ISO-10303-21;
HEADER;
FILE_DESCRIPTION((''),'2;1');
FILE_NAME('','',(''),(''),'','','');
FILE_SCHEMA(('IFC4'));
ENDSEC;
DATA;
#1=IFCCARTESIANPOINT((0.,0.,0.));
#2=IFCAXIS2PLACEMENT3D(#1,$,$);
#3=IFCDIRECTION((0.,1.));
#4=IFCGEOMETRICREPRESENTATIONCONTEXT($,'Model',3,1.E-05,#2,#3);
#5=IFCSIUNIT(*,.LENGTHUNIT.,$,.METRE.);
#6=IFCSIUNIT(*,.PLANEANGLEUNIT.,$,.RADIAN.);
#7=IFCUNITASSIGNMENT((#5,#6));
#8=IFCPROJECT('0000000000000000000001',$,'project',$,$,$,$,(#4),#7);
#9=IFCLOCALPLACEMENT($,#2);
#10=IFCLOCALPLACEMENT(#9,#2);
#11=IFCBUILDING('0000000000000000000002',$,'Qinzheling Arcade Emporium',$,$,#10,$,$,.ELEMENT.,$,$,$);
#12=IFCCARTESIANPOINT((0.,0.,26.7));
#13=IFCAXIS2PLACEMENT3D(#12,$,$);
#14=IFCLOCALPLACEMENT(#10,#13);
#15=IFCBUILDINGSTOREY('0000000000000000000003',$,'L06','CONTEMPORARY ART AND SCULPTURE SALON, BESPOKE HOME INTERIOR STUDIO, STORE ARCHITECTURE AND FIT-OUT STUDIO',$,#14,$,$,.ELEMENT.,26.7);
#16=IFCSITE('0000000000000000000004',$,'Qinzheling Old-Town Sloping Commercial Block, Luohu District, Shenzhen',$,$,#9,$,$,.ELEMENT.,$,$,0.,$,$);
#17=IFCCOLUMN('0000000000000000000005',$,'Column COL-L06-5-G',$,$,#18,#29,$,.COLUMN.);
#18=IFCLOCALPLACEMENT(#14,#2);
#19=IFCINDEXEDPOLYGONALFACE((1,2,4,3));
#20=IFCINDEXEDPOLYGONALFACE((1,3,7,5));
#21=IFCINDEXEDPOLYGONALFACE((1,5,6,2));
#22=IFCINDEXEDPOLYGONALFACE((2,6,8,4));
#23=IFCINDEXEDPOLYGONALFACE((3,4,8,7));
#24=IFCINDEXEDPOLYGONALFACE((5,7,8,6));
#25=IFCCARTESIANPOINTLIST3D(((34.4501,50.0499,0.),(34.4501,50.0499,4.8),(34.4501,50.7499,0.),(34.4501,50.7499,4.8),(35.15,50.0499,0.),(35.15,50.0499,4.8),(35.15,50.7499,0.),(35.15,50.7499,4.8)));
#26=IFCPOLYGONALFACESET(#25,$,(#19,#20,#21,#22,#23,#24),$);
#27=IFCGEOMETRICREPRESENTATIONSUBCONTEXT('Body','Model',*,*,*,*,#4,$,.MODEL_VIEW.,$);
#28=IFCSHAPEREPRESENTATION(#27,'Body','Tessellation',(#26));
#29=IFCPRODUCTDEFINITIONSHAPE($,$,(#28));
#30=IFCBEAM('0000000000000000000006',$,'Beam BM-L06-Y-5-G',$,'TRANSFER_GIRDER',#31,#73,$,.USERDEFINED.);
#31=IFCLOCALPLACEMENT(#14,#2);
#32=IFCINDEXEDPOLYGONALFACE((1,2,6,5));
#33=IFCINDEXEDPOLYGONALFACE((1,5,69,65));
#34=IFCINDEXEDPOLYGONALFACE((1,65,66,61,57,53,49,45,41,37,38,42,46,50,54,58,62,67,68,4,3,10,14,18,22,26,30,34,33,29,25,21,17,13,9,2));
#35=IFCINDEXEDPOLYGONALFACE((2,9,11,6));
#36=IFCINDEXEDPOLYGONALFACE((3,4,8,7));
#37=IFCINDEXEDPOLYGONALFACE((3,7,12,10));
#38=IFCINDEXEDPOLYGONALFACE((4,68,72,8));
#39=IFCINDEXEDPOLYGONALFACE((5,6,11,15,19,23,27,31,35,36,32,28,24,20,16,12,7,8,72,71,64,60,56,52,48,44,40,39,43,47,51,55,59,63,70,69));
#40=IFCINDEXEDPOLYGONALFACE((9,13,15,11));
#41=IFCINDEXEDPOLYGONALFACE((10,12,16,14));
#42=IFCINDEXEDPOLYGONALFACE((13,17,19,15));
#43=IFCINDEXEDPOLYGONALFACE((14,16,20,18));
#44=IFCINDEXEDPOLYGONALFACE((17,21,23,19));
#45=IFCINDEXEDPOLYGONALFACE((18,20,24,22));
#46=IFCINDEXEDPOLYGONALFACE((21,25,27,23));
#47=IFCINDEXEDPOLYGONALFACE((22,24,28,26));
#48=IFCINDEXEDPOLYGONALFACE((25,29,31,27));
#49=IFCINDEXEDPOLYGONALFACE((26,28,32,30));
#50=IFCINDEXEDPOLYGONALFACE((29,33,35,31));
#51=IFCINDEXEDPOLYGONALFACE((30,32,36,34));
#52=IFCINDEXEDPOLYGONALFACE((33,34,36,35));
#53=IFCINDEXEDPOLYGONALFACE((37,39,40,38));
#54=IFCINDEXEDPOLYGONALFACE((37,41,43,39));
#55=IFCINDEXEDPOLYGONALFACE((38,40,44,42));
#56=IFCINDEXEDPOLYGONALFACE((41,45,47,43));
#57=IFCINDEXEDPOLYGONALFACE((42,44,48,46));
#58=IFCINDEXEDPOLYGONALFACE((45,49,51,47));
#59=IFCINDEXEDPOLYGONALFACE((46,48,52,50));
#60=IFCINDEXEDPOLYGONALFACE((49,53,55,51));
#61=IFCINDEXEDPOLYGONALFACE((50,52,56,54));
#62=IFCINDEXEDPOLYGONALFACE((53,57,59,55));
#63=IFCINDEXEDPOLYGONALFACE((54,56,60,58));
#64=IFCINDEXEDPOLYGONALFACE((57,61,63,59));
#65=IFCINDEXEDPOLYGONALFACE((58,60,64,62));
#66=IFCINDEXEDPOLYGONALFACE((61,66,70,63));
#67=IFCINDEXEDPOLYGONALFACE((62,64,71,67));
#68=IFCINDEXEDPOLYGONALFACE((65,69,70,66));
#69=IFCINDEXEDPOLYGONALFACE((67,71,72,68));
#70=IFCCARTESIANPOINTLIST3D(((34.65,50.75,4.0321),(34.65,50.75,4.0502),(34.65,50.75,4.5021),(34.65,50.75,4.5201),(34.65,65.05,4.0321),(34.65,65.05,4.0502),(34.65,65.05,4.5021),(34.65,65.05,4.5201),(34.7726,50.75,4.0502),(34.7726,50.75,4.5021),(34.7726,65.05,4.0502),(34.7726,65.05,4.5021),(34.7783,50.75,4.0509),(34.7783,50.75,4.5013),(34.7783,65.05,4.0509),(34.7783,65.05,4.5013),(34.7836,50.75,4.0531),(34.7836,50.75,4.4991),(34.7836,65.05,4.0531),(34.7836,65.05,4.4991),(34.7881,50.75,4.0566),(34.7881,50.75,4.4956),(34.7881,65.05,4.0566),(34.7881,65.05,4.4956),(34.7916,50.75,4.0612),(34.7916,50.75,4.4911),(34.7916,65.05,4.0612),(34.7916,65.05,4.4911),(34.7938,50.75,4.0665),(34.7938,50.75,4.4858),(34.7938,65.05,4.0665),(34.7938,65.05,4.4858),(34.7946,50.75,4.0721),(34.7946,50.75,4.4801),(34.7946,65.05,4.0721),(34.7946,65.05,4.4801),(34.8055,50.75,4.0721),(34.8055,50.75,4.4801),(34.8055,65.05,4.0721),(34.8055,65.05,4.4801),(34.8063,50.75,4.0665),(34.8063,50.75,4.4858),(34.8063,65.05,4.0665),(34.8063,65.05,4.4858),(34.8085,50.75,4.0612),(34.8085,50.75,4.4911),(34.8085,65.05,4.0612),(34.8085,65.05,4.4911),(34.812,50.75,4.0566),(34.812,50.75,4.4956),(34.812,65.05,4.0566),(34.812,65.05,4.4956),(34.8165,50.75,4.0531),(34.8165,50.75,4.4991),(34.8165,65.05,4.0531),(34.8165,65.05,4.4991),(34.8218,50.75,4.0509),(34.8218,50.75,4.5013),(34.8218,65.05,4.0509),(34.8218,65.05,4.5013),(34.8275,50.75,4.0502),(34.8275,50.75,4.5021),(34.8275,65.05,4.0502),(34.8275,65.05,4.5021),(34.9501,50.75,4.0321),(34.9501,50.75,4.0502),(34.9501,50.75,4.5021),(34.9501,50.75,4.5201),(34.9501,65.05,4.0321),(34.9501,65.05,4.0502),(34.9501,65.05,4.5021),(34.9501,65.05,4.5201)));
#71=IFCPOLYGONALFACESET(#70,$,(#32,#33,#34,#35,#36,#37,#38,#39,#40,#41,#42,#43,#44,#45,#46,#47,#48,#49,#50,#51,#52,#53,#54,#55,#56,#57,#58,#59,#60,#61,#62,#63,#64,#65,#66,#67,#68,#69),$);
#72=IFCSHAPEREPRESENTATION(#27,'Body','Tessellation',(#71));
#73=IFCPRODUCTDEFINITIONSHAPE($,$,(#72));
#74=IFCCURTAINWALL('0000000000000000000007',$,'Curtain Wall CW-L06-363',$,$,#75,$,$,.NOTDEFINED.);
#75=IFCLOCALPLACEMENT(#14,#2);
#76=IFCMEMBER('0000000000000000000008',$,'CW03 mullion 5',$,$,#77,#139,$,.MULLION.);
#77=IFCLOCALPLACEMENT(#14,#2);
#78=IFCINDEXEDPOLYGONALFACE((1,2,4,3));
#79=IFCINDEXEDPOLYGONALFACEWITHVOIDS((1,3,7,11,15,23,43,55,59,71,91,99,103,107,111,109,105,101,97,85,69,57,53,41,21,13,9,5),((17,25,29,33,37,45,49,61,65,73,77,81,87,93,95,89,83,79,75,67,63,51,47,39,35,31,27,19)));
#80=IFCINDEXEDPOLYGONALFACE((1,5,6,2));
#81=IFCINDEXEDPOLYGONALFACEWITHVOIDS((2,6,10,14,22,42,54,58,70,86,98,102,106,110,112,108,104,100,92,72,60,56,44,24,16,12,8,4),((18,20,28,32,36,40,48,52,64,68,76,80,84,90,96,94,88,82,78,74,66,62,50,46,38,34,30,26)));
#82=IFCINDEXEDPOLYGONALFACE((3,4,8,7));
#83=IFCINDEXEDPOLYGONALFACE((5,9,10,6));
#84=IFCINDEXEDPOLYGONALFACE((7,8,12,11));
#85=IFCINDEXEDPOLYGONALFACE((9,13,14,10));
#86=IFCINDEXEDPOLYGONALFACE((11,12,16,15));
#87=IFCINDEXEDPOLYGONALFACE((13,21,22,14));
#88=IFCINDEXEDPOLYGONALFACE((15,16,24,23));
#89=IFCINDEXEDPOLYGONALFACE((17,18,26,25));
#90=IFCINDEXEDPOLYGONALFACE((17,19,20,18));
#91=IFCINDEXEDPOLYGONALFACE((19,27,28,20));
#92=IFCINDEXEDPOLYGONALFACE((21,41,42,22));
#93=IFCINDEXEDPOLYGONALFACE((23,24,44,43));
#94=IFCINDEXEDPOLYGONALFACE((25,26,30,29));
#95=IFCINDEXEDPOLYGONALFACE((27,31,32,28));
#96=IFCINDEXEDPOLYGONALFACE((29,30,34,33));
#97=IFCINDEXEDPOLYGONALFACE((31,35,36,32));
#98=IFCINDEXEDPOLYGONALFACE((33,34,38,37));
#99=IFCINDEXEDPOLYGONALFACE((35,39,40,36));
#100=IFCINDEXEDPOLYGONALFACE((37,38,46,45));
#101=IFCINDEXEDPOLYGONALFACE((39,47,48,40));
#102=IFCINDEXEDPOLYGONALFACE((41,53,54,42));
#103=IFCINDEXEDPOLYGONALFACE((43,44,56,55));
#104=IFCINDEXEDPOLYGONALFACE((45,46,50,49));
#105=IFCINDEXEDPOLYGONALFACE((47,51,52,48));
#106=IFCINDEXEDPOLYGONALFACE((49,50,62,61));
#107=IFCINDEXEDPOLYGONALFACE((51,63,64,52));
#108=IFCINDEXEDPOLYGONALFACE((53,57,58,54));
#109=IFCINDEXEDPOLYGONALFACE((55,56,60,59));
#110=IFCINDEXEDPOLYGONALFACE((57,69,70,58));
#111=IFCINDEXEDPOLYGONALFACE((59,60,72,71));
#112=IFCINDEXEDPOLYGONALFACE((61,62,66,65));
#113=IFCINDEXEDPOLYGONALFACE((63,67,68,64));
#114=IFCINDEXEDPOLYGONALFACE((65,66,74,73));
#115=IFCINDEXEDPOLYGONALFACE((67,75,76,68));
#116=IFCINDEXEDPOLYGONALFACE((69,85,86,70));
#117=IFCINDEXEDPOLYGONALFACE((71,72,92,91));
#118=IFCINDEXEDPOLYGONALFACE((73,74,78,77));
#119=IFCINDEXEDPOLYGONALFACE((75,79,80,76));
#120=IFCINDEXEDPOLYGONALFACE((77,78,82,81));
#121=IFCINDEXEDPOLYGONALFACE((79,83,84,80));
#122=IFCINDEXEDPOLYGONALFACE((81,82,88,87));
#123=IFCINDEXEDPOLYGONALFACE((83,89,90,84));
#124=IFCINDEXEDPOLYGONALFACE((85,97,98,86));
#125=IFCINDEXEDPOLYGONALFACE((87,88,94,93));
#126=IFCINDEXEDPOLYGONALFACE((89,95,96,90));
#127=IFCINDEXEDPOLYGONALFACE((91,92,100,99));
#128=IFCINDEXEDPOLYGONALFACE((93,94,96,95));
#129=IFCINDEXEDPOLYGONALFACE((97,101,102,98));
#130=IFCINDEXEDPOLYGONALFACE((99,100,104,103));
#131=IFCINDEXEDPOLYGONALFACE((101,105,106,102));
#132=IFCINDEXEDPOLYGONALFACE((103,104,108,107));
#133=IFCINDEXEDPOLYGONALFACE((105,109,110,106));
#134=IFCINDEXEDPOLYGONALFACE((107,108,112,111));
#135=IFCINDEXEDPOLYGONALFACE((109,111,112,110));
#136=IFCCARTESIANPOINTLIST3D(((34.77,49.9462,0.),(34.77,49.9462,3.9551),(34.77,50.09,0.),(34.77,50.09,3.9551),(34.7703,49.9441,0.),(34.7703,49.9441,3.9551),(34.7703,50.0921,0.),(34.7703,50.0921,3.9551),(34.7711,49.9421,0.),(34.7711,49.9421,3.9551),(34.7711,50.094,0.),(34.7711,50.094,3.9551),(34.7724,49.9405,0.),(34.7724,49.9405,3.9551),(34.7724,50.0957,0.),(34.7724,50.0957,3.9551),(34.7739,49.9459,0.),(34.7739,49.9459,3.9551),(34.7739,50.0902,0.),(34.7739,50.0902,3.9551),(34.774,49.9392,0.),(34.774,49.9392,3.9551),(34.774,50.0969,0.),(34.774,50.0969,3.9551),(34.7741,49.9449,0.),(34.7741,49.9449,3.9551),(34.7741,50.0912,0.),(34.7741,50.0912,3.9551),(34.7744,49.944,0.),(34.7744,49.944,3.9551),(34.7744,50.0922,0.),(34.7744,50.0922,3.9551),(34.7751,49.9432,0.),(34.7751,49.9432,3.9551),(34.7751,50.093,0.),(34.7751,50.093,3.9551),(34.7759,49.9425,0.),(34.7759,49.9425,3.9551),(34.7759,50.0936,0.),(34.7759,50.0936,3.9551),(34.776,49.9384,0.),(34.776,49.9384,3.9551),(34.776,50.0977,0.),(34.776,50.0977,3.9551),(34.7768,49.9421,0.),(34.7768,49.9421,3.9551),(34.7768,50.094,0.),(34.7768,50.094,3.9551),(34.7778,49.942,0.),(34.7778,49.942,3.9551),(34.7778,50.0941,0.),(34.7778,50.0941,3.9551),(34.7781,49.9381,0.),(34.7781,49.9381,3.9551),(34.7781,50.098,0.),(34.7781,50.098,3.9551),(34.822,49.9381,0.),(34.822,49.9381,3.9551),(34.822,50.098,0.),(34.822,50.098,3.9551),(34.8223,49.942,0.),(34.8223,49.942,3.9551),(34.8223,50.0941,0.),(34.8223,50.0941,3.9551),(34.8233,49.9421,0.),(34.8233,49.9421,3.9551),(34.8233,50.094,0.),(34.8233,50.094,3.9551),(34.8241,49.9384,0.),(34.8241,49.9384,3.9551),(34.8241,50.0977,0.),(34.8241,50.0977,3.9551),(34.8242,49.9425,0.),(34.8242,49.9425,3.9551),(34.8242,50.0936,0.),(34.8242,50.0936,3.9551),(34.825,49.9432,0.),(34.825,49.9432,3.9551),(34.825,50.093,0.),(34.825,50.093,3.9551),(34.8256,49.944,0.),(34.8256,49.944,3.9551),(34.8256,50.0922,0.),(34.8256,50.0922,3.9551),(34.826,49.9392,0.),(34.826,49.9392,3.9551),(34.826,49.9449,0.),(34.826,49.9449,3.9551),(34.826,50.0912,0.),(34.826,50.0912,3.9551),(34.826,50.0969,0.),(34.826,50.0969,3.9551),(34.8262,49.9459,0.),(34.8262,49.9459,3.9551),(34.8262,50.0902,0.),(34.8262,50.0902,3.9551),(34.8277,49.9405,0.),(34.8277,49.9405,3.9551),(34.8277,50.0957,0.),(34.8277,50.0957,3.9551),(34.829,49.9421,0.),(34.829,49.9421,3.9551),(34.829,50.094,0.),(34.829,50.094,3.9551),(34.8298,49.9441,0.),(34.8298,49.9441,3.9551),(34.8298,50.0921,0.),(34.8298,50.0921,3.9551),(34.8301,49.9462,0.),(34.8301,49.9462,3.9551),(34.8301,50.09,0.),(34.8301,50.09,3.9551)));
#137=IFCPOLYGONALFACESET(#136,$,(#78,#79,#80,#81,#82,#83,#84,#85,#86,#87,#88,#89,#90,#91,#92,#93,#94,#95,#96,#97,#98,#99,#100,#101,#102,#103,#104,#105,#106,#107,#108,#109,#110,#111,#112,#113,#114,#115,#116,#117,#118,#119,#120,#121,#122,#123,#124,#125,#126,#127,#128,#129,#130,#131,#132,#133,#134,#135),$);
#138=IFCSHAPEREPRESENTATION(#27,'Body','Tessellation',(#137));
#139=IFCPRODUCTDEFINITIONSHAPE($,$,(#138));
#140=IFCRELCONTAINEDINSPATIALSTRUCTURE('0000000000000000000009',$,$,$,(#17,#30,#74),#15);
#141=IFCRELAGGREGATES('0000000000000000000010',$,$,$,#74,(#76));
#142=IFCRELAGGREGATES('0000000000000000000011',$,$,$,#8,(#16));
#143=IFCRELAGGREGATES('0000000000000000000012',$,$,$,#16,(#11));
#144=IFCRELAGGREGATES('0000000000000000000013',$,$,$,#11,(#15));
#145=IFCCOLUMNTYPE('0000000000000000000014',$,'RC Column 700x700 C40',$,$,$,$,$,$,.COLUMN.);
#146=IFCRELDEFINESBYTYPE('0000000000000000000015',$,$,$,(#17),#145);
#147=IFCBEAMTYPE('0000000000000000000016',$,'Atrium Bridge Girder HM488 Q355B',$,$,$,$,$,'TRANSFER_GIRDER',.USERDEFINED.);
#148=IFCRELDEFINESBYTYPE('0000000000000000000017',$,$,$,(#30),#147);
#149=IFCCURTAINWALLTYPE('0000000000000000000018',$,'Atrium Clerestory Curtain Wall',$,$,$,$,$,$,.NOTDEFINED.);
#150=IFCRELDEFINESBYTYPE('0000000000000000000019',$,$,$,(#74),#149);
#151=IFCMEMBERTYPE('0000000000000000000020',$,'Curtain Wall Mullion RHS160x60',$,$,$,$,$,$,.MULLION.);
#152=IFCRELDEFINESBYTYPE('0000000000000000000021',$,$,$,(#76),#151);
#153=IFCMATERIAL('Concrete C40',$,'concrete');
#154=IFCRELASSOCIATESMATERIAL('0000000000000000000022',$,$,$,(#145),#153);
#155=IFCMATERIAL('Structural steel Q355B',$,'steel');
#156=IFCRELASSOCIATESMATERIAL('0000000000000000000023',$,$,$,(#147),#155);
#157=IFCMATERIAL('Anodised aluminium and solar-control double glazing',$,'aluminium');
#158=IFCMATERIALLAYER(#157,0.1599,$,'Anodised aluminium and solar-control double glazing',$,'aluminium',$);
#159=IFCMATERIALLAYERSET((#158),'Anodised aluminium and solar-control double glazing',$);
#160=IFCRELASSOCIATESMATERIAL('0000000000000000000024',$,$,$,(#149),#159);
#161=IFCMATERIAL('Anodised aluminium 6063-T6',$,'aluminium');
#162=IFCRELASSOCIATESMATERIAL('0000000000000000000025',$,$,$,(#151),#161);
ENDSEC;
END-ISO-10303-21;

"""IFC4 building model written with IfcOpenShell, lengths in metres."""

from ifc_helpers import new_model, si_unit, direction, frame, origin, origin_2d, place, context, subcontext, project, spatial, rectangle, hollow_rectangle, i_section, extrude, material, layer, layer_set, material_profile, profile_set, type_object, element, aggregate, save


model = new_model("IFC4")

# Units and contexts
model_context = context("Model", 3, precision=1e-05, world=origin(), true_north=direction((0.0, 1.0)))
body_context = subcontext(model_context, "Body", "Model", "MODEL_VIEW")
ifc_project = project(units=[si_unit("LENGTHUNIT", "METRE"), si_unit("PLANEANGLEUNIT", "RADIAN")], contexts=[model_context])

# Site, building, storey
site_placement = place(None, origin())
site = spatial("IfcSite", under=ifc_project, at=site_placement, Name="Qinzheling Old-Town Sloping Commercial Block, Luohu District, Shenzhen", CompositionType="ELEMENT", RefElevation=0.0)
building_placement = place(site_placement, origin())
building = spatial("IfcBuilding", under=site, at=building_placement, Name="Qinzheling Arcade Emporium", CompositionType="ELEMENT")
storey_placement = place(building_placement, frame((0.0, 0.0, 26.7)))
storey = spatial("IfcBuildingStorey", under=building, at=storey_placement, Name="L06", Description="CONTEMPORARY ART AND SCULPTURE SALON, BESPOKE HOME INTERIOR STUDIO, STORE ARCHITECTURE AND FIT-OUT STUDIO", CompositionType="ELEMENT", Elevation=26.7)

# Column
ifc_material_1 = material(Name="Concrete C40", Category="concrete")
ifc_material_profile_1 = material_profile(ifc_material_1, rectangle(XDim=0.7, YDim=0.7, at=origin_2d()), Name="RC 700x700", Category="concrete")
ifc_profile_set_1 = profile_set([ifc_material_profile_1], Name="Concrete C40")
column_type = type_object("IfcColumnType", Name="RC Column 700x700 C40", PredefinedType="COLUMN", material=ifc_profile_set_1)
column_placement = place(storey_placement, frame((34.8, 50.3999, 0.0), z_axis=(0.0, 0.0, 1.0), x_axis=(1.0, 0.0, 0.0)))
element("IfcColumn", 1, at=column_placement, inside=storey, type_object=column_type, Name="Column COL-L06-5-G", PredefinedType="COLUMN", context=body_context, shape_type="SweptSolid", body=[
    extrude(rectangle(XDim=0.7, YDim=0.7, at=origin_2d()), origin(), (0.0, 0.0, 1.0), 4.8),
])

# Beam
ifc_material_2 = material(Name="Structural steel Q355B", Category="steel")
ifc_material_profile_2 = material_profile(ifc_material_2, i_section(OverallWidth=0.3, OverallDepth=0.488, WebThickness=0.011, FlangeThickness=0.0181, FilletRadius=0.022, at=origin_2d()), Name="HM 488x300x11x18", Category="steel")
ifc_profile_set_2 = profile_set([ifc_material_profile_2], Name="Structural steel Q355B")
beam_type_1 = type_object("IfcBeamType", Name="Atrium Bridge Girder HM488 Q355B", ElementType="TRANSFER_GIRDER", PredefinedType="USERDEFINED", material=ifc_profile_set_2)
beam_1_placement = place(storey_placement, frame((34.8, 50.75, 4.2761), z_axis=(0.0, 1.0, 0.0), x_axis=(-1.0, 0.0, 0.0)))
element("IfcBeam", 2, at=beam_1_placement, inside=storey, type_object=beam_type_1, Name="Beam BM-L06-Y-5-G", ObjectType="TRANSFER_GIRDER", PredefinedType="USERDEFINED", context=body_context, shape_type="SweptSolid", body=[
    extrude(i_section(OverallWidth=0.3, OverallDepth=0.488, WebThickness=0.011, FlangeThickness=0.0181, FilletRadius=0.022, at=origin_2d()), origin(), (0.0, 0.0, 1.0), 14.3),
])

# Curtain wall, member
ifc_material_3 = material(Name="Anodised aluminium and solar-control double glazing", Category="aluminium")
ifc_layer_1 = layer(ifc_material_3, 0.1599, Name="Anodised aluminium and solar-control double glazing", Category="aluminium")
ifc_layer_set_1 = layer_set([ifc_layer_1], Name="Anodised aluminium and solar-control double glazing")
curtain_wall_type = type_object("IfcCurtainWallType", Name="Atrium Clerestory Curtain Wall", PredefinedType="NOTDEFINED", material=ifc_layer_set_1)
curtain_wall_1_placement = place(storey_placement, origin())
curtain_wall_1 = element("IfcCurtainWall", 3, at=curtain_wall_1_placement, inside=storey, type_object=curtain_wall_type, Name="Curtain Wall CW-L06-363", PredefinedType="NOTDEFINED")
ifc_material_4 = material(Name="Anodised aluminium 6063-T6", Category="aluminium")
ifc_material_profile_3 = material_profile(ifc_material_4, hollow_rectangle(XDim=0.0601, YDim=0.1599, WallThickness=0.0039, InnerFilletRadius=0.0039, OuterFilletRadius=0.0081, at=origin_2d()), Name="RHS 160x60x4", Category="aluminium")
ifc_profile_set_3 = profile_set([ifc_material_profile_3], Name="Anodised aluminium 6063-T6")
member_type_1 = type_object("IfcMemberType", Name="Curtain Wall Mullion RHS160x60", PredefinedType="MULLION", material=ifc_profile_set_3)
member_1_placement = place(storey_placement, frame((34.8, 50.0181, 0.0), z_axis=(0.0, 0.0, 1.0), x_axis=(-1.0, 0.0, 0.0)))
member_1 = element("IfcMember", 4, at=member_1_placement, type_object=member_type_1, Name="CW03 mullion 5", PredefinedType="MULLION", context=body_context, shape_type="SweptSolid", body=[
    extrude(hollow_rectangle(XDim=0.0601, YDim=0.1599, WallThickness=0.0039, InnerFilletRadius=0.0039, OuterFilletRadius=0.0081, at=origin_2d()), origin(), (0.0, 0.0, 1.0), 3.9551),
])

aggregate(curtain_wall_1, [member_1])

save(model, "model.ifc")
